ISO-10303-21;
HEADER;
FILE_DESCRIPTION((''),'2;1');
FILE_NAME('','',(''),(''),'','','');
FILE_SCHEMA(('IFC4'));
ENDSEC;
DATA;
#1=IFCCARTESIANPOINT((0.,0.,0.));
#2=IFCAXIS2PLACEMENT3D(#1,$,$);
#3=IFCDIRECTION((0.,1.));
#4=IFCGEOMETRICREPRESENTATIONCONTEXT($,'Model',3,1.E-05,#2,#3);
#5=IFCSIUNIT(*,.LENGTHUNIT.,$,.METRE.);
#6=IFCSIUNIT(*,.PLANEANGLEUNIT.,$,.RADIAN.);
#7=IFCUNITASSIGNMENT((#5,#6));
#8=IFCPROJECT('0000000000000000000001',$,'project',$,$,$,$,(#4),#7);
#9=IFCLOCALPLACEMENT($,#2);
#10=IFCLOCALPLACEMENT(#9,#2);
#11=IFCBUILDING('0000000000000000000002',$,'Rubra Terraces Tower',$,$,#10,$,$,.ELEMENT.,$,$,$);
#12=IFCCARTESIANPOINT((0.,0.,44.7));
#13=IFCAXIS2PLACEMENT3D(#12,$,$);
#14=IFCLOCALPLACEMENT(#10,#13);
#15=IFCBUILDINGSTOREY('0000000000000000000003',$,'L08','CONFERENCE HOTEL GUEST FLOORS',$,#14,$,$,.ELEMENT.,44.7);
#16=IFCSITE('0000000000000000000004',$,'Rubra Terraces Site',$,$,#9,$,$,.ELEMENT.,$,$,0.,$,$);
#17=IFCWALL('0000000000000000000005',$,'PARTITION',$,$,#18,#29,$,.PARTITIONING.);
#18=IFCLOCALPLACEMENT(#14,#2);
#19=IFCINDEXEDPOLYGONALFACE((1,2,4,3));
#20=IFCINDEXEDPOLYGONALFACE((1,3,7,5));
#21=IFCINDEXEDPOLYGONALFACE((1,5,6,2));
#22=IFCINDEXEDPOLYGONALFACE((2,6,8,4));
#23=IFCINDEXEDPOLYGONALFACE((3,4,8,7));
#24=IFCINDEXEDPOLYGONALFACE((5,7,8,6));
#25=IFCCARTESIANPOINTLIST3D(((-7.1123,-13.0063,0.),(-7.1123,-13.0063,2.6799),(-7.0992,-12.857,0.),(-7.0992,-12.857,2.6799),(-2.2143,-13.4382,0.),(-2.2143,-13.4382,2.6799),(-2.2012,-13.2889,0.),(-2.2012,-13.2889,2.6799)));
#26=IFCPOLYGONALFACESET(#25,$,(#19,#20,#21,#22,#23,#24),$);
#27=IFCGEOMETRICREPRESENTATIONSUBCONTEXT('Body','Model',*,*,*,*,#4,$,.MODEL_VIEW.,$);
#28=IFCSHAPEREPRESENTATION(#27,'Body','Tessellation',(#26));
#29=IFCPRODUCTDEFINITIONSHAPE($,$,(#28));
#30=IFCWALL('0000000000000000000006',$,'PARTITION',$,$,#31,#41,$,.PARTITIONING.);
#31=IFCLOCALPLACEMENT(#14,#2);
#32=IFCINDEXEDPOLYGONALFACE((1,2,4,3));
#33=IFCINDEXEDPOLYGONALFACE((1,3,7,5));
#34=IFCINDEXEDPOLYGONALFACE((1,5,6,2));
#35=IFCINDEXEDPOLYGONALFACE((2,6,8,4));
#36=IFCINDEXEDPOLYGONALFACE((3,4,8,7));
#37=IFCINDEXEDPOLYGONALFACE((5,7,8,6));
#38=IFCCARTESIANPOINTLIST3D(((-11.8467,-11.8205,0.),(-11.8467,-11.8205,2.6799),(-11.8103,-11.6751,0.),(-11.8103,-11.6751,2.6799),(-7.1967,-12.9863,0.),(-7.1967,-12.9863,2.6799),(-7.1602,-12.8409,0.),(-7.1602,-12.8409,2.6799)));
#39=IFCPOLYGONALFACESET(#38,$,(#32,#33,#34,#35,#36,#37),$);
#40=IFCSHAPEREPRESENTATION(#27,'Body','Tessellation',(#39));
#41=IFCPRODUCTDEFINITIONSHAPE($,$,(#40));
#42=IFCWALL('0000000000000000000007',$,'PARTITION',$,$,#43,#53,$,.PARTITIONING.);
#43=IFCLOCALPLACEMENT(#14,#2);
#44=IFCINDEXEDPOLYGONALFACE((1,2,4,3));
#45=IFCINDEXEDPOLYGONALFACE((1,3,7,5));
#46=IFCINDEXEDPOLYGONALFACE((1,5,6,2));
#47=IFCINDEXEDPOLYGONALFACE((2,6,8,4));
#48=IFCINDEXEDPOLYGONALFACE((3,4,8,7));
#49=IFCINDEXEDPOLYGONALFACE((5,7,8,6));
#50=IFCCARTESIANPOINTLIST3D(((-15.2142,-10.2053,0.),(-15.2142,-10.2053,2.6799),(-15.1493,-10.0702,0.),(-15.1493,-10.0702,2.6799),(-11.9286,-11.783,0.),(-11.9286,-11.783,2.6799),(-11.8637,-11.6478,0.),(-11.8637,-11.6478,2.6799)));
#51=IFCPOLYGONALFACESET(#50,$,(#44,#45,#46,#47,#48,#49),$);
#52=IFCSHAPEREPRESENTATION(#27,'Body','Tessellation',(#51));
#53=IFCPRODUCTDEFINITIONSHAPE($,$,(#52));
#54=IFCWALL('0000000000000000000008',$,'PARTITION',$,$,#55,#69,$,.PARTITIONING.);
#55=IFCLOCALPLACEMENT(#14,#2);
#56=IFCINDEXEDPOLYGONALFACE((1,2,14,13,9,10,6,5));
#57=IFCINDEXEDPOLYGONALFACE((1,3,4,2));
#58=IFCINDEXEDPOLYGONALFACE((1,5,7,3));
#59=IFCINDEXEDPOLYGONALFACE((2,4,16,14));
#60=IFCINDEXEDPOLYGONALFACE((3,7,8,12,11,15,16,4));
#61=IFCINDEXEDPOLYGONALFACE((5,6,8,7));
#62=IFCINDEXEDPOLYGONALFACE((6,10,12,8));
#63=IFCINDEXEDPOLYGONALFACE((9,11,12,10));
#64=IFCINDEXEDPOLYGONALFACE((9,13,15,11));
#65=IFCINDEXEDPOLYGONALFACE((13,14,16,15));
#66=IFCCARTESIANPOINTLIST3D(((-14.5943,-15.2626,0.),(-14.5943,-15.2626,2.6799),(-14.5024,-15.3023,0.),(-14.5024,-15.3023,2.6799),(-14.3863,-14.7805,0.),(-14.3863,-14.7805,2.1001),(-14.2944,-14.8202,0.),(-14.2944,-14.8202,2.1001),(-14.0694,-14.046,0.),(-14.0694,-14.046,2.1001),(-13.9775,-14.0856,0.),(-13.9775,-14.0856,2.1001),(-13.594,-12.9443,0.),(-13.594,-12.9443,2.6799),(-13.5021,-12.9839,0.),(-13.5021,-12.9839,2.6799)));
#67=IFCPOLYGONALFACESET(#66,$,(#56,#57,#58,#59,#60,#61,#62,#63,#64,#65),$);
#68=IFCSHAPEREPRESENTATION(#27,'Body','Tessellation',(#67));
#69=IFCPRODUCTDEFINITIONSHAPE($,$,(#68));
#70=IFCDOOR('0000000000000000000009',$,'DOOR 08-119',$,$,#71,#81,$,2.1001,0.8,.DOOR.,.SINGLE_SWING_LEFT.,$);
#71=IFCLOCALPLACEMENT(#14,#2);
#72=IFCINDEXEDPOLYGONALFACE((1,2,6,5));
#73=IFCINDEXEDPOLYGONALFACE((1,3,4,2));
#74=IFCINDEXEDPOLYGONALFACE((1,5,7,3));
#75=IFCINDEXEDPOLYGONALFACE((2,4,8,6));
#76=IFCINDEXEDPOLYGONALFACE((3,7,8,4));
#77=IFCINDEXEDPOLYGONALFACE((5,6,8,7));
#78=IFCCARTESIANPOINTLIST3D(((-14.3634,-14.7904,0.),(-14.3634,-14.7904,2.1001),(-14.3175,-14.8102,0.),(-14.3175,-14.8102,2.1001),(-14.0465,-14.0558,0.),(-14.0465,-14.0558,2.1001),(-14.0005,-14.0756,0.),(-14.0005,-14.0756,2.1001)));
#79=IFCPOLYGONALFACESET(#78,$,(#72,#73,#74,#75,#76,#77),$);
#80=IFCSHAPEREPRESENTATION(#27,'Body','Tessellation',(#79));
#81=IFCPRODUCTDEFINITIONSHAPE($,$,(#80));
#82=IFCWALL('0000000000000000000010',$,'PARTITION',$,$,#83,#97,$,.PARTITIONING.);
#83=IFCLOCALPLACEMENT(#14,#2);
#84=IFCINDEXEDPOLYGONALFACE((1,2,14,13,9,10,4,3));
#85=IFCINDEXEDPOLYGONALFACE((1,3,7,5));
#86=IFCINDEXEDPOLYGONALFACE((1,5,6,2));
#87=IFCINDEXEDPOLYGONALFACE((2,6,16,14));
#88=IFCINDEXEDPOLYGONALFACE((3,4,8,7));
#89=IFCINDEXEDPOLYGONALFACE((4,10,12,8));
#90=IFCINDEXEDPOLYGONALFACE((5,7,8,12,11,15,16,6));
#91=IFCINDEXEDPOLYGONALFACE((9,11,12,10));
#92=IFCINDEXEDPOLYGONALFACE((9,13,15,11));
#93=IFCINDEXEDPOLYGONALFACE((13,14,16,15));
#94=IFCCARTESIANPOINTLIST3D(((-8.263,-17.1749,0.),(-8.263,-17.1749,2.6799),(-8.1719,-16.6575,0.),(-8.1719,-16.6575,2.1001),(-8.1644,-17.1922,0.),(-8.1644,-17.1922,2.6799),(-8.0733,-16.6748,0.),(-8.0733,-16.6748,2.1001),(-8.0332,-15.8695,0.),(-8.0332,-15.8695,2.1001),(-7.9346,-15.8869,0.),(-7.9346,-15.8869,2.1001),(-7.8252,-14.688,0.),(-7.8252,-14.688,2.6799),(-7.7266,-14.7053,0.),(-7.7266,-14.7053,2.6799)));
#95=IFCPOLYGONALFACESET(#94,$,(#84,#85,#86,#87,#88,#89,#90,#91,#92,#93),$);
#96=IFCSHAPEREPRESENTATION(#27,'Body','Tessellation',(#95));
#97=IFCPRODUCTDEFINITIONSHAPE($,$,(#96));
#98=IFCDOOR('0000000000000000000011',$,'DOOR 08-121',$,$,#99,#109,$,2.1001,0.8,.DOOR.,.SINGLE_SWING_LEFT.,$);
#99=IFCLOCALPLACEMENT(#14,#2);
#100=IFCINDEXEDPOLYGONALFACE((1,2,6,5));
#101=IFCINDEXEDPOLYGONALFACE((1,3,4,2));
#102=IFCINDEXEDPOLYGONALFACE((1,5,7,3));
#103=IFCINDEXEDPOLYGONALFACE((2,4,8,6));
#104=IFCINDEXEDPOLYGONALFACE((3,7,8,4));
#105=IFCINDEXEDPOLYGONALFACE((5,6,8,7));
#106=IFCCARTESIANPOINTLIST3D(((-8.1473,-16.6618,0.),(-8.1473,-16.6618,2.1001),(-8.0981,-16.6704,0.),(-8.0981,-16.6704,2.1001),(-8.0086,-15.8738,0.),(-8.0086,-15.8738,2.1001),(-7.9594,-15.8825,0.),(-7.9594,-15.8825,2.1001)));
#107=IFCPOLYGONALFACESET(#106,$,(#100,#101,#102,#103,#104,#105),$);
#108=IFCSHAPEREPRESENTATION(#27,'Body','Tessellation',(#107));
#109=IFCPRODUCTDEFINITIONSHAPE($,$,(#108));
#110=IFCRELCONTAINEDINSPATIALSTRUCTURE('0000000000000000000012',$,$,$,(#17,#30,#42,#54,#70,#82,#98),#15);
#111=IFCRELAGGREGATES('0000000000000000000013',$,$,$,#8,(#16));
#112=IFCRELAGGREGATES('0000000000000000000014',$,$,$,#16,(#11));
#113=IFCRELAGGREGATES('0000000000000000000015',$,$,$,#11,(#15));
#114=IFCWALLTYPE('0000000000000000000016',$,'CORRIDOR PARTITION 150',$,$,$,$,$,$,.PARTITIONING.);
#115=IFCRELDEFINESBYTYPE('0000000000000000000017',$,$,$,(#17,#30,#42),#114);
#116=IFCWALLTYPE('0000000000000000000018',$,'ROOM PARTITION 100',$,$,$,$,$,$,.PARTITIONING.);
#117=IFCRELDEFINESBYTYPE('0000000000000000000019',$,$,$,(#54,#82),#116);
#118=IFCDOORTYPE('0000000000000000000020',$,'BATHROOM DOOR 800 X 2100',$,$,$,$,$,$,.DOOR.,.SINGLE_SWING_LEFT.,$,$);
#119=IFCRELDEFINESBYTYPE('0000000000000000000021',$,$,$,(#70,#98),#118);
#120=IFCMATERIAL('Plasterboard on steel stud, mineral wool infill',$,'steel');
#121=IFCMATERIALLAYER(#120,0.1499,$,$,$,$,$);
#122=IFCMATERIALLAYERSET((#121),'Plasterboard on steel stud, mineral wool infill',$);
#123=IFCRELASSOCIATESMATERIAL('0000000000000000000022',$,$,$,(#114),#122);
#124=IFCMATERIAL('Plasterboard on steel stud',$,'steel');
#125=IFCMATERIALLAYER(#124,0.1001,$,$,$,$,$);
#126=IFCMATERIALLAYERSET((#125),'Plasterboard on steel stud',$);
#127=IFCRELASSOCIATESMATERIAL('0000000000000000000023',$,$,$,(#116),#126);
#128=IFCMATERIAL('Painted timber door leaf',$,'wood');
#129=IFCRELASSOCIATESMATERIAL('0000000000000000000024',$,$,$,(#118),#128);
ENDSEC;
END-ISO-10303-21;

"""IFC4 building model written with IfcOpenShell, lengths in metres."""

from ifc_helpers import new_model, si_unit, direction, frame, frame_2d, origin, place, context, subcontext, project, spatial, rectangle, extrude, material, layer, layer_set, type_object, element, fill, save


model = new_model("IFC4")

# Units and contexts
model_context = context("Model", 3, precision=1e-05, world=origin(), true_north=direction((0.0, 1.0)))
body_context = subcontext(model_context, "Body", "Model", "MODEL_VIEW")
ifc_project = project(units=[si_unit("LENGTHUNIT", "METRE"), si_unit("PLANEANGLEUNIT", "RADIAN")], contexts=[model_context])

# Site, building, storey
site_placement = place(None, origin())
site = spatial("IfcSite", under=ifc_project, at=site_placement, Name="Rubra Terraces Site", CompositionType="ELEMENT", RefElevation=0.0)
building_placement = place(site_placement, origin())
building = spatial("IfcBuilding", under=site, at=building_placement, Name="Rubra Terraces Tower", CompositionType="ELEMENT")
storey_placement = place(building_placement, frame((0.0, 0.0, 44.7)))
storey = spatial("IfcBuildingStorey", under=building, at=storey_placement, Name="L08", Description="CONFERENCE HOTEL GUEST FLOORS", CompositionType="ELEMENT", Elevation=44.7)

# Shared definitions
ifc_material_1 = material(Name="Plasterboard on steel stud, mineral wool infill", Category="steel")
ifc_layer_1 = layer(ifc_material_1, 0.1499)
ifc_layer_set_1 = layer_set([ifc_layer_1], Name="Plasterboard on steel stud, mineral wool infill")
wall_type_1 = type_object("IfcWallType", Name="CORRIDOR PARTITION 150", PredefinedType="PARTITIONING", material=ifc_layer_set_1)

# Shared definitions
ifc_material_2 = material(Name="Painted timber door leaf", Category="wood")

# Walls
wall_1_placement = place(storey_placement, frame((-2.2078, -13.3635, 0.0), z_axis=(0.0, 0.0, 1.0), x_axis=(-0.996135, 0.087836, 0.0)))
element("IfcWall", 1, at=wall_1_placement, inside=storey, type_object=wall_type_1, Name="PARTITION", PredefinedType="PARTITIONING", context=body_context, shape_type="SweptSolid", body=[
    extrude(rectangle(XDim=4.917, YDim=0.1499, at=frame_2d((2.4585, 0.0))), origin(), (0.0, 0.0, 1.0), 2.6799),
])
wall_2_placement = place(storey_placement, frame((-7.1785, -12.9136, 0.0), z_axis=(0.0, 0.0, 1.0), x_axis=(-0.969984, 0.243171, 0.0)))
element("IfcWall", 2, at=wall_2_placement, inside=storey, type_object=wall_type_1, Name="PARTITION", PredefinedType="PARTITIONING", context=body_context, shape_type="SweptSolid", body=[
    extrude(rectangle(XDim=4.7939, YDim=0.1499, at=frame_2d((2.397, 0.0))), origin(), (0.0, 0.0, 1.0), 2.6799),
])
wall_3_placement = place(storey_placement, frame((-11.8962, -11.7153, 0.0), z_axis=(0.0, 0.0, 1.0), x_axis=(-0.901467, 0.432849, 0.0)))
element("IfcWall", 3, at=wall_3_placement, inside=storey, type_object=wall_type_1, Name="PARTITION", PredefinedType="PARTITIONING", context=body_context, shape_type="SweptSolid", body=[
    extrude(rectangle(XDim=3.6448, YDim=0.1499, at=frame_2d((1.8223, 0.0))), origin(), (0.0, 0.0, 1.0), 2.6799),
])

# Walls, openings, doors
ifc_material_3 = material(Name="Plasterboard on steel stud", Category="steel")
ifc_layer_2 = layer(ifc_material_3, 0.1001)
ifc_layer_set_2 = layer_set([ifc_layer_2], Name="Plasterboard on steel stud")
wall_type_2 = type_object("IfcWallType", Name="ROOM PARTITION 100", PredefinedType="PARTITIONING", material=ifc_layer_set_2)
wall_4_placement = place(storey_placement, frame((-13.5481, -12.9641, 0.0), z_axis=(0.0, 0.0, 1.0), x_axis=(-0.396147, -0.918187, 0.0)))
wall_4 = element("IfcWall", 4, at=wall_4_placement, inside=storey, type_object=wall_type_2, Name="PARTITION", PredefinedType="PARTITIONING", context=body_context, shape_type="SweptSolid", body=[
    extrude(rectangle(XDim=2.5249, YDim=0.1001, at=frame_2d((1.2625, 0.0))), origin(), (0.0, 0.0, 1.0), 2.6799),
])
opening_1_placement = place(wall_4_placement, frame((1.2, 0.0, 0.0)))
opening_1 = element("IfcOpeningElement", 5, at=opening_1_placement, cuts=wall_4, PredefinedType="OPENING", context=body_context, shape_type="SweptSolid", body=[
    extrude(rectangle(XDim=0.8, YDim=2.1001, at=frame_2d((0.3999, 1.05))), frame((0.0, 0.0601, 0.0), z_axis=(0.0, -1.0, 0.0), x_axis=(1.0, 0.0, 0.0)), (0.0, 0.0, 1.0), 0.1201),
])
door_type_1 = type_object("IfcDoorType", Name="BATHROOM DOOR 800 X 2100", OperationType="SINGLE_SWING_LEFT", PredefinedType="DOOR", material=ifc_material_2)
door_1_placement = place(opening_1_placement, origin())
door_1 = element("IfcDoor", 6, at=door_1_placement, inside=storey, type_object=door_type_1, Name="DOOR 08-119", OperationType="SINGLE_SWING_LEFT", OverallHeight=2.1001, OverallWidth=0.8, PredefinedType="DOOR", context=body_context, shape_type="SweptSolid", body=[
    extrude(rectangle(XDim=0.8, YDim=2.1001, at=frame_2d((0.3999, 1.05))), frame((0.0, 0.0249, 0.0), z_axis=(0.0, -1.0, 0.0), x_axis=(1.0, 0.0, 0.0)), (0.0, 0.0, 1.0), 0.05),
])
fill(opening_1, door_1)
wall_5_placement = place(storey_placement, frame((-7.7759, -14.6965, 0.0), z_axis=(0.0, 0.0, 1.0), x_axis=(-0.173361, -0.984858, 0.0)))
wall_5 = element("IfcWall", 7, at=wall_5_placement, inside=storey, type_object=wall_type_2, Name="PARTITION", PredefinedType="PARTITIONING", context=body_context, shape_type="SweptSolid", body=[
    extrude(rectangle(XDim=2.5251, YDim=0.1001, at=frame_2d((1.2627, 0.0))), origin(), (0.0, 0.0, 1.0), 2.6799),
])
opening_2_placement = place(wall_5_placement, frame((1.2, 0.0, 0.0)))
opening_2 = element("IfcOpeningElement", 8, at=opening_2_placement, cuts=wall_5, PredefinedType="OPENING", context=body_context, shape_type="SweptSolid", body=[
    extrude(rectangle(XDim=0.8, YDim=2.1001, at=frame_2d((0.3999, 1.05))), frame((0.0, 0.0601, 0.0), z_axis=(0.0, -1.0, 0.0), x_axis=(1.0, 0.0, 0.0)), (0.0, 0.0, 1.0), 0.1201),
])
door_2_placement = place(opening_2_placement, origin())
door_2 = element("IfcDoor", 9, at=door_2_placement, inside=storey, type_object=door_type_1, Name="DOOR 08-121", OperationType="SINGLE_SWING_LEFT", OverallHeight=2.1001, OverallWidth=0.8, PredefinedType="DOOR", context=body_context, shape_type="SweptSolid", body=[
    extrude(rectangle(XDim=0.8, YDim=2.1001, at=frame_2d((0.3999, 1.05))), frame((0.0, 0.0249, 0.0), z_axis=(0.0, -1.0, 0.0), x_axis=(1.0, 0.0, 0.0)), (0.0, 0.0, 1.0), 0.05),
])
fill(opening_2, door_2)

save(model, "model.ifc")
